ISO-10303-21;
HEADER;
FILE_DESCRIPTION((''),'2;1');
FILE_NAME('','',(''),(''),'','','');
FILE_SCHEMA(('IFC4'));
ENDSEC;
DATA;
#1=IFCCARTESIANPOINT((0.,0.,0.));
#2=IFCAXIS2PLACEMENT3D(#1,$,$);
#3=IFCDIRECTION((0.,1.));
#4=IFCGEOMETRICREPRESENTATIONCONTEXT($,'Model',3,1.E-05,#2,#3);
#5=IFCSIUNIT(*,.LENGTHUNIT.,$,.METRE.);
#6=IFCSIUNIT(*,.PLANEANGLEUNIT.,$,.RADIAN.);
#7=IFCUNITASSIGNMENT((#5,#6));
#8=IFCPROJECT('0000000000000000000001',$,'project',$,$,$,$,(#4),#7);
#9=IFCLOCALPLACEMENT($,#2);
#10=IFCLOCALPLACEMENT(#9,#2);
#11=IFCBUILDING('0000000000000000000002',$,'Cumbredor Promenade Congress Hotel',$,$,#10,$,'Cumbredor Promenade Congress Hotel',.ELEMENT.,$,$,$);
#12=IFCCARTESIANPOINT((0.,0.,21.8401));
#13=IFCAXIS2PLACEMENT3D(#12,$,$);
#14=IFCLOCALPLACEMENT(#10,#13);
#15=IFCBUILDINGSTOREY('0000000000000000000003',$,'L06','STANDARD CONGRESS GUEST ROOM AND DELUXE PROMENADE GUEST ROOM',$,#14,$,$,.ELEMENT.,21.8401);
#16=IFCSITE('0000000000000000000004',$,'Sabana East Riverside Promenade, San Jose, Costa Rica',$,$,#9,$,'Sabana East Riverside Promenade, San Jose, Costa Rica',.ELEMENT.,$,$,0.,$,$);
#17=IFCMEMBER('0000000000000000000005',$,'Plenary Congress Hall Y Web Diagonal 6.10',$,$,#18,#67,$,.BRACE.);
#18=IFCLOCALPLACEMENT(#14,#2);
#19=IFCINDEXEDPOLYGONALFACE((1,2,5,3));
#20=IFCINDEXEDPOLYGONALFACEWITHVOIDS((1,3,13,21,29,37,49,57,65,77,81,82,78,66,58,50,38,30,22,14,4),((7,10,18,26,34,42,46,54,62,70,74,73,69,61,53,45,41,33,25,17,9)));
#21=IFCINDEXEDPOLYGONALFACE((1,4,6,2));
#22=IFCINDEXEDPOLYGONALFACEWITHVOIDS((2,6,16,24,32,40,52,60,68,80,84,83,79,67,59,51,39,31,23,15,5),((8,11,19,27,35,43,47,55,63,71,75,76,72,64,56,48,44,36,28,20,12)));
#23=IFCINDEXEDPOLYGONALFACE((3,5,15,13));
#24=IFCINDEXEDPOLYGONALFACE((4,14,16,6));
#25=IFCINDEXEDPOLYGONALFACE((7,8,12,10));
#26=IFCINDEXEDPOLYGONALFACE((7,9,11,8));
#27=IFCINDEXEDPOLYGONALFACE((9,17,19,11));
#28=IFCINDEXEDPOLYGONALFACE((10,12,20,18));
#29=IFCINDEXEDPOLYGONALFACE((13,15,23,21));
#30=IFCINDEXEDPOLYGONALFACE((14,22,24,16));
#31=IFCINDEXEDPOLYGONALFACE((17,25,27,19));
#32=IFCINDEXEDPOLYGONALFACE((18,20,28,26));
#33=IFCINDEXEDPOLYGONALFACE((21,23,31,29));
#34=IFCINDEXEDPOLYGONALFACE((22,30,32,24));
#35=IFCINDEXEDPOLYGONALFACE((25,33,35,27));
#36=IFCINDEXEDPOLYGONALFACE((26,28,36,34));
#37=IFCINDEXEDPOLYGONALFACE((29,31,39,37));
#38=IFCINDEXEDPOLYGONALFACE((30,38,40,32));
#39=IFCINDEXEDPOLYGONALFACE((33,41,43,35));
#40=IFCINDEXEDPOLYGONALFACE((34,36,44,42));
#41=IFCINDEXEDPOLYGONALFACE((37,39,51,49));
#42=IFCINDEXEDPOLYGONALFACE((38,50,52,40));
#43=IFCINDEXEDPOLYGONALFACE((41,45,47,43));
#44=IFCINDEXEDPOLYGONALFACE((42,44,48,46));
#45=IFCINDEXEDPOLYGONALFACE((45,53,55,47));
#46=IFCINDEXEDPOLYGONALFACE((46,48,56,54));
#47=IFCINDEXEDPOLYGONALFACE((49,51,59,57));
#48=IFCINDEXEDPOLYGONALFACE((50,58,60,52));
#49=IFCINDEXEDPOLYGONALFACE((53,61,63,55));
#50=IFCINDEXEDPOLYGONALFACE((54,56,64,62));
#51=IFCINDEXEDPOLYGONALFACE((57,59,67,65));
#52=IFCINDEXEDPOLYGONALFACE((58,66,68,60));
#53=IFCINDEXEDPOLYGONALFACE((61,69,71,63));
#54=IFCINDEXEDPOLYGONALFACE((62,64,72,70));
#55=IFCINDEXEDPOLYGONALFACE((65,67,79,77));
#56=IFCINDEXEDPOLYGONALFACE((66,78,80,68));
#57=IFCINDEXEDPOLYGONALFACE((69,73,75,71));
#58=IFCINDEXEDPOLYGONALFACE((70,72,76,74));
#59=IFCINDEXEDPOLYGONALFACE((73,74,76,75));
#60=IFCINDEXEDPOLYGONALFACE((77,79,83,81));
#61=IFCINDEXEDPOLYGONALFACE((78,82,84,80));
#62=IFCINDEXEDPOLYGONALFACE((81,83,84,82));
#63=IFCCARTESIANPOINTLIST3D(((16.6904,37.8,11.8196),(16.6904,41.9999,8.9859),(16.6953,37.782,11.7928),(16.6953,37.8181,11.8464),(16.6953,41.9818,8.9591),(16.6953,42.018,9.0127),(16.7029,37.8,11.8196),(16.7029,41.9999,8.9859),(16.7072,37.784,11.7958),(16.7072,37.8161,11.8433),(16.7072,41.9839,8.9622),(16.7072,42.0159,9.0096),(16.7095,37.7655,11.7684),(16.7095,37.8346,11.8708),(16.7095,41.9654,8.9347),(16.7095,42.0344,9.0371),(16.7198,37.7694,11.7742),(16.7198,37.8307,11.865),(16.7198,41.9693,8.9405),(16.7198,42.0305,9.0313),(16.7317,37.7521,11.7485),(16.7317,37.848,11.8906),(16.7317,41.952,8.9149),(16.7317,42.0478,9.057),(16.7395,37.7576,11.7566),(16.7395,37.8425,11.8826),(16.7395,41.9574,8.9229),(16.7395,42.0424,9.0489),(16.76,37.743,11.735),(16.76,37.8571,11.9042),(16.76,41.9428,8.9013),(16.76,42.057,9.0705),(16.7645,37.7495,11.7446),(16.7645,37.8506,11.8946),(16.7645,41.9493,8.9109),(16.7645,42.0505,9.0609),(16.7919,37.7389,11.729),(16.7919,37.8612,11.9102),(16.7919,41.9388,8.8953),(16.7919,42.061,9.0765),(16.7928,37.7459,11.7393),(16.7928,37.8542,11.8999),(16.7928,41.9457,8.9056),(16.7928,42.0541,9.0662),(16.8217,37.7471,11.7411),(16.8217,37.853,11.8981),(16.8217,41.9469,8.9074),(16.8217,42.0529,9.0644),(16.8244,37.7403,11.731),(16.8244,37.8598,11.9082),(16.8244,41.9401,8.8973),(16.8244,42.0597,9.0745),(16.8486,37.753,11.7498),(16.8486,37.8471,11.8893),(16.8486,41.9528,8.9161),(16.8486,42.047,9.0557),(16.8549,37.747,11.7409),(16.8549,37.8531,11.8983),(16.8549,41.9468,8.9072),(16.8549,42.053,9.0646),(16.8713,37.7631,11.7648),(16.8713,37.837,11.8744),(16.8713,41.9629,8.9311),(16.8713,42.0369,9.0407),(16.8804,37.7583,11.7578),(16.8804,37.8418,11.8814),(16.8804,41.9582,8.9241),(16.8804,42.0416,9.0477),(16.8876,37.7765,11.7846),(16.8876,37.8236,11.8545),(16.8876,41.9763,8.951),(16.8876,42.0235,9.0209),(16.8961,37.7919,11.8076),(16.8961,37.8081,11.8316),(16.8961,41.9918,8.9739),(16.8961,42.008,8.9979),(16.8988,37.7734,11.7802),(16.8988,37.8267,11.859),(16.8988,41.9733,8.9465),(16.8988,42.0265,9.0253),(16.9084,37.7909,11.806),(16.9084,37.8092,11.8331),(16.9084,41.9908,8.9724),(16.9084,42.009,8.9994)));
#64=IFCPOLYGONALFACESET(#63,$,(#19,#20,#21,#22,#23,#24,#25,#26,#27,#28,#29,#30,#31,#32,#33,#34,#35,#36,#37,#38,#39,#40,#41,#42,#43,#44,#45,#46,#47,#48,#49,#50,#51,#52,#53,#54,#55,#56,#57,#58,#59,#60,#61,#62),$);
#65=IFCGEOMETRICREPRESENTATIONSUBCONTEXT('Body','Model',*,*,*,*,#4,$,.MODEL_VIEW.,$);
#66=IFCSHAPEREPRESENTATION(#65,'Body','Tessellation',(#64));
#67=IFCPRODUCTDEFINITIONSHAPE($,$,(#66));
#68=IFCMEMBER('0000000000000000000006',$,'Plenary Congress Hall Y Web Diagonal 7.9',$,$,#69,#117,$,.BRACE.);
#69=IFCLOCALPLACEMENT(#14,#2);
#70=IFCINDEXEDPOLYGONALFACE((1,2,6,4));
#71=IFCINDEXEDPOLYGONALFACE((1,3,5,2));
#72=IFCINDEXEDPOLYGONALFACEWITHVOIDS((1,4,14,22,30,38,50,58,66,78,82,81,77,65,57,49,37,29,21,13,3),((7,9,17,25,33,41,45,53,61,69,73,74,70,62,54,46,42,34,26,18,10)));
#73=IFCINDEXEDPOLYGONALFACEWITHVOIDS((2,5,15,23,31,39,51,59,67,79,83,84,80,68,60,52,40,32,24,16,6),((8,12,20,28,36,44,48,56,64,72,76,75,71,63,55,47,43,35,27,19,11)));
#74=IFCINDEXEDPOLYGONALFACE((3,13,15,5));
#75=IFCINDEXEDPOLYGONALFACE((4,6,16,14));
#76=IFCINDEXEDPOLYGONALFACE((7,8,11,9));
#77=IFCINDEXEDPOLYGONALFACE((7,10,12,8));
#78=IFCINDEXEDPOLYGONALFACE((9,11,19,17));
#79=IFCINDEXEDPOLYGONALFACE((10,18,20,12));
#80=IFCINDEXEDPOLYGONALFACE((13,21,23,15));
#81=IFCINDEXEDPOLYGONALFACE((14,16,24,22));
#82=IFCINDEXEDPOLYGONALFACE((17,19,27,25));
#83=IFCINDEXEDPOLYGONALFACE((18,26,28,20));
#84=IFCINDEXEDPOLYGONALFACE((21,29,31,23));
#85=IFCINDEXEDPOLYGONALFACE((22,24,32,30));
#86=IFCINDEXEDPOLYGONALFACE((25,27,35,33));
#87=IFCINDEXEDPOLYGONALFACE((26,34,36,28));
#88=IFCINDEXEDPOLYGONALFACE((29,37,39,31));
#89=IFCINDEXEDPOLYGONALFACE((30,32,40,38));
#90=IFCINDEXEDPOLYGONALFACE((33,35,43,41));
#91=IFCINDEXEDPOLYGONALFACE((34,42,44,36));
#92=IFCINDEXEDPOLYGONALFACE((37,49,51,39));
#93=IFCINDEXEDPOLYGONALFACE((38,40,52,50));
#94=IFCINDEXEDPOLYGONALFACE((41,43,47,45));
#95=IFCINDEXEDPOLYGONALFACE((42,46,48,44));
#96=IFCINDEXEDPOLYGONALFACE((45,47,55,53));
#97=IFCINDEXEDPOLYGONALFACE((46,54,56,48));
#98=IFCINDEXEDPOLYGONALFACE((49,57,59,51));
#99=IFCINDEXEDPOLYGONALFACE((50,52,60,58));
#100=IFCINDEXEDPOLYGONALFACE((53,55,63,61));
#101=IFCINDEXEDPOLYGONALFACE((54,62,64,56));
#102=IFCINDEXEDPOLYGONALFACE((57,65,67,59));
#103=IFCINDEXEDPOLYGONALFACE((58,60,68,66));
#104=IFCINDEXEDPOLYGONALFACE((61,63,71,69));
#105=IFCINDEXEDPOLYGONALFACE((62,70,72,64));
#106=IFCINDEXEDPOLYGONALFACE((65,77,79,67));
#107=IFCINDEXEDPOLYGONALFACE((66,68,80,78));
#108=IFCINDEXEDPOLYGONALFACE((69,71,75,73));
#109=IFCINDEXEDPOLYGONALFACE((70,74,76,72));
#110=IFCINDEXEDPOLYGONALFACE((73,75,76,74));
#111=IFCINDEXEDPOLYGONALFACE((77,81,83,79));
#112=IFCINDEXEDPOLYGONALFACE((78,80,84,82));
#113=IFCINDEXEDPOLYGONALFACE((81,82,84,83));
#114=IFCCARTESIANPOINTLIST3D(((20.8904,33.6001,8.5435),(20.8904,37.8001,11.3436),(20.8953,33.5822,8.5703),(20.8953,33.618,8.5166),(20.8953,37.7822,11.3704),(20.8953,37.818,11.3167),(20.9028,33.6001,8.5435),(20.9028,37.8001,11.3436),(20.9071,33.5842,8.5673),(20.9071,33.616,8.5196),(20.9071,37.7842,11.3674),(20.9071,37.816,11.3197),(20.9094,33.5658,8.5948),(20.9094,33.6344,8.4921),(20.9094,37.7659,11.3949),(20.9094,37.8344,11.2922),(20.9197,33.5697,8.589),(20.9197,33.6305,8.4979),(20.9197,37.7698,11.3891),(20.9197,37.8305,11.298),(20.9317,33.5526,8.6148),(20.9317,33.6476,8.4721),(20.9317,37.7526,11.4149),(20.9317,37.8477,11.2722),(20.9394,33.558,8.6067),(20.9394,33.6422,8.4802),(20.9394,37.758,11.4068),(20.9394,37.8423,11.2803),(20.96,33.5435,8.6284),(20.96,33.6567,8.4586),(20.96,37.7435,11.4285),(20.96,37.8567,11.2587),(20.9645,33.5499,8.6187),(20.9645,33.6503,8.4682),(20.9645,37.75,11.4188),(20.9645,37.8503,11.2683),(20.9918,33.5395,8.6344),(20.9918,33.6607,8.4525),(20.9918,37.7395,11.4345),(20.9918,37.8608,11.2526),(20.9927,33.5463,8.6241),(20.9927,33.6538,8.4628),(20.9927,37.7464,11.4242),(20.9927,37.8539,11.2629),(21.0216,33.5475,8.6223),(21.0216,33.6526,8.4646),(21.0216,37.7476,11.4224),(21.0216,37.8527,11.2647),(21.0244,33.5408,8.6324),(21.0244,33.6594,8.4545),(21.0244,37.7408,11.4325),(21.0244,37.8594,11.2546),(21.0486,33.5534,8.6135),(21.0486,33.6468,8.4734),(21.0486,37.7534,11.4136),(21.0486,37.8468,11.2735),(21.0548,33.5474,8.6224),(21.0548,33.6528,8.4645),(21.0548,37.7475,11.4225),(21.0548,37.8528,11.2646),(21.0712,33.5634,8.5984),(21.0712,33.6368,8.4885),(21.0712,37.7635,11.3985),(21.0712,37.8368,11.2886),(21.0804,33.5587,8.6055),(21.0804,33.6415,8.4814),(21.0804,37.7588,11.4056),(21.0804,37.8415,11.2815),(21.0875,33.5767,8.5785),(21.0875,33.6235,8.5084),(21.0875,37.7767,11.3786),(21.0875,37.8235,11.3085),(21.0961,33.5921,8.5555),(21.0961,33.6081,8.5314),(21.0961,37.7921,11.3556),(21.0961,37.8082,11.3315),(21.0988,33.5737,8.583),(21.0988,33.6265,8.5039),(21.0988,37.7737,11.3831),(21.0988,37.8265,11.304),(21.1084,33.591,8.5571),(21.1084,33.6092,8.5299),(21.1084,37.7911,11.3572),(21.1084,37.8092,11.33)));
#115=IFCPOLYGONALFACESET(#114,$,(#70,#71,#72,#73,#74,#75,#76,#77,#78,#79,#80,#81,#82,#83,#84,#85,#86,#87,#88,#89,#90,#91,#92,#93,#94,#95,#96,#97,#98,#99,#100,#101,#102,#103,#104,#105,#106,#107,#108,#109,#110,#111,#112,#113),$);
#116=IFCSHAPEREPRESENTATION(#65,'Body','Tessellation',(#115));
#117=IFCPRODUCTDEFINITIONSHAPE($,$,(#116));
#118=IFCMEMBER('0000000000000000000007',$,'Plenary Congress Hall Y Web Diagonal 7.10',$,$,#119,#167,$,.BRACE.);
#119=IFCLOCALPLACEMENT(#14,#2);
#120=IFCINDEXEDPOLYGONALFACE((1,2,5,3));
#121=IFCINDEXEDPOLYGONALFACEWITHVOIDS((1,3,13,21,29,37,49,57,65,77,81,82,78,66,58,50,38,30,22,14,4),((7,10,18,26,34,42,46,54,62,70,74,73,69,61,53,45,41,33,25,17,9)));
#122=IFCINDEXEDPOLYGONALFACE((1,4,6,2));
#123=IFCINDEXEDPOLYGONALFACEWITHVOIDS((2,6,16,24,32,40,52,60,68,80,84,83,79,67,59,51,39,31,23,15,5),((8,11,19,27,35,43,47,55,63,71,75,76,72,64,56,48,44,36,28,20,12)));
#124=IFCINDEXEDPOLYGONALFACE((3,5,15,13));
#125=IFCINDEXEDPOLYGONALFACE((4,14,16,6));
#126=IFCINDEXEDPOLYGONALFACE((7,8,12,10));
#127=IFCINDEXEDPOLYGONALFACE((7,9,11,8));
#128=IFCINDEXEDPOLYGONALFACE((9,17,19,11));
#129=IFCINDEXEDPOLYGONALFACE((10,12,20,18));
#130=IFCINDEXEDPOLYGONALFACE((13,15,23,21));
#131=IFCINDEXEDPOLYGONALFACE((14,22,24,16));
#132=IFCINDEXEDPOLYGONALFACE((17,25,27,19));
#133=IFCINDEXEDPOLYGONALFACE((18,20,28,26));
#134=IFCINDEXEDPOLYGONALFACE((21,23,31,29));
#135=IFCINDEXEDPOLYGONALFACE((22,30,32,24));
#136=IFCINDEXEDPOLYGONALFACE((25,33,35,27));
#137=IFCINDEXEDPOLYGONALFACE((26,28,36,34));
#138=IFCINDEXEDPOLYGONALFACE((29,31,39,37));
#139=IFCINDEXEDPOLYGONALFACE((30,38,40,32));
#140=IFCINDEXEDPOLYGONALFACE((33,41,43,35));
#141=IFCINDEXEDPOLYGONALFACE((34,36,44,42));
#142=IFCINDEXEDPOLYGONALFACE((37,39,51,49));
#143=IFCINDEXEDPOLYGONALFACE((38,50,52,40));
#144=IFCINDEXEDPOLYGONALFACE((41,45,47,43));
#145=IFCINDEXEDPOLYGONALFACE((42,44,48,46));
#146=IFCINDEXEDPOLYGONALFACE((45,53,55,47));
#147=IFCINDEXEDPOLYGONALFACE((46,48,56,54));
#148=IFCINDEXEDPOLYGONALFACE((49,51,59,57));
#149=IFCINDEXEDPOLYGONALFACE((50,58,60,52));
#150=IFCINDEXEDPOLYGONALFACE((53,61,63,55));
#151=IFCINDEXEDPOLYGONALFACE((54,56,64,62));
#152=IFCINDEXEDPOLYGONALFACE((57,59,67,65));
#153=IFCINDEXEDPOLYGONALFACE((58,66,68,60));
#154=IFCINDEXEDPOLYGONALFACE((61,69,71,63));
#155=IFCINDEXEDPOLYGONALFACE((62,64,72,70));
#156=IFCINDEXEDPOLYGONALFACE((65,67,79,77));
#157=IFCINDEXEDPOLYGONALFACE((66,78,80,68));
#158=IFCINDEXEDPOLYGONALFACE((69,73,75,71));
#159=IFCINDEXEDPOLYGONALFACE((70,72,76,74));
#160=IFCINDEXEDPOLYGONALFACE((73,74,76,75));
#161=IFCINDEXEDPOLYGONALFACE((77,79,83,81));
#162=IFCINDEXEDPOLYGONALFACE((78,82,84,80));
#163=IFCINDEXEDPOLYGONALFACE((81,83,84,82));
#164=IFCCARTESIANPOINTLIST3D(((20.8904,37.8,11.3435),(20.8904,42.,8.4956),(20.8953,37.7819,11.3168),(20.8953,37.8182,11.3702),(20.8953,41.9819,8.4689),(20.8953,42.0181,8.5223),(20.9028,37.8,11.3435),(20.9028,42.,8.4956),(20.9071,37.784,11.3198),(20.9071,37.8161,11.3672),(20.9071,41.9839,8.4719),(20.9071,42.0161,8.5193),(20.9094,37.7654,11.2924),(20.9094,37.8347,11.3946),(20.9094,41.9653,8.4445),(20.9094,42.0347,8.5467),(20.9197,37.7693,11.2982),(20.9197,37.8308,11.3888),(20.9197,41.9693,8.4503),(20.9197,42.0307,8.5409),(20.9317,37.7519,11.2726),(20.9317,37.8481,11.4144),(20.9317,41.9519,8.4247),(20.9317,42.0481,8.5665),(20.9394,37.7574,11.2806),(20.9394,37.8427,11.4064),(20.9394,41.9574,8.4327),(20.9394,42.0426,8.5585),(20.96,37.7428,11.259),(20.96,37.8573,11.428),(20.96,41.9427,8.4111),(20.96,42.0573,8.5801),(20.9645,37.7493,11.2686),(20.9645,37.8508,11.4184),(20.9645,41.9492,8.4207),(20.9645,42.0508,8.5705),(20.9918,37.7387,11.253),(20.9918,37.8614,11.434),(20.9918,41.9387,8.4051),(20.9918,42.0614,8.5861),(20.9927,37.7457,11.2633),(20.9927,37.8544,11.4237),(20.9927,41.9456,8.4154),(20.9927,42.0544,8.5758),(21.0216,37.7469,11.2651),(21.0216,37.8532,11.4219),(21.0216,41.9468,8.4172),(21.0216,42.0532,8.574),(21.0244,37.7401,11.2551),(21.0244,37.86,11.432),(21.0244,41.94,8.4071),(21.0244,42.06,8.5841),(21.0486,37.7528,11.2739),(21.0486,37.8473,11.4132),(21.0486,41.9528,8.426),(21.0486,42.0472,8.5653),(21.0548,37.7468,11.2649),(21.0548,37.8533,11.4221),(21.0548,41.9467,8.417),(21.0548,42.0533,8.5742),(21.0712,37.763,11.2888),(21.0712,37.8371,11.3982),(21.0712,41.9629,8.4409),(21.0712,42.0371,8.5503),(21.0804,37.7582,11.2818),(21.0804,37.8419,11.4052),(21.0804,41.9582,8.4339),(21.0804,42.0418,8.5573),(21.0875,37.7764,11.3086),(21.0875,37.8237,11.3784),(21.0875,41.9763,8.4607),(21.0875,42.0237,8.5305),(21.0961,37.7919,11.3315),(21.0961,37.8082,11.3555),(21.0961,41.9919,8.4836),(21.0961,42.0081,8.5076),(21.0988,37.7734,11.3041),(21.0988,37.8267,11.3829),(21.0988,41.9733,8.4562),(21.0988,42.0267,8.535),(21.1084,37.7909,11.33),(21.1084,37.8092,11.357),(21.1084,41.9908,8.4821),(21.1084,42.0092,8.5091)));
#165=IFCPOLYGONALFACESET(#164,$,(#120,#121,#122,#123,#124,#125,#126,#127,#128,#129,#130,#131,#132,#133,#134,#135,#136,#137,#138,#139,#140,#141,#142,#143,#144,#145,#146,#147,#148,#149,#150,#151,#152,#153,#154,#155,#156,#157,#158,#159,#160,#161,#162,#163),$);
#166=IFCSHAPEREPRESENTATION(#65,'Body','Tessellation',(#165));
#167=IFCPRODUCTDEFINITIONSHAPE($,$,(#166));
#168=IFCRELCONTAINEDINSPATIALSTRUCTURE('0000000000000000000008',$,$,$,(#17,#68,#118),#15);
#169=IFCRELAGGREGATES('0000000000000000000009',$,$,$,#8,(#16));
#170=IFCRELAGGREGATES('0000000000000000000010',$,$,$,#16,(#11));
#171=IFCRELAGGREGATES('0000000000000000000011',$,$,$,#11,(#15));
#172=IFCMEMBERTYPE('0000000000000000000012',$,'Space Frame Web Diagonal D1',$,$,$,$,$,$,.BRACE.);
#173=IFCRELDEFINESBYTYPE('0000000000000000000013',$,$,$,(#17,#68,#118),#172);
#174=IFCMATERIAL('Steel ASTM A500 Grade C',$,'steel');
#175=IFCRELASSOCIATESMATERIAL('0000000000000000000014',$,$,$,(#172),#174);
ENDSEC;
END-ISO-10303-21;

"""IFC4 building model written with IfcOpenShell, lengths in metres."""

from ifc_helpers import new_model, si_unit, direction, frame, origin, origin_2d, place, context, subcontext, project, spatial, hollow_circle, extrude, material, material_profile, profile_set, type_object, element, save


model = new_model("IFC4")

# Units and contexts
model_context = context("Model", 3, precision=1e-05, world=origin(), true_north=direction((0.0, 1.0)))
body_context = subcontext(model_context, "Body", "Model", "MODEL_VIEW")
ifc_project = project(units=[si_unit("LENGTHUNIT", "METRE"), si_unit("PLANEANGLEUNIT", "RADIAN")], contexts=[model_context])

# Site, building, storey
site_placement = place(None, origin())
site = spatial("IfcSite", under=ifc_project, at=site_placement, Name="Sabana East Riverside Promenade, San Jose, Costa Rica", LongName="Sabana East Riverside Promenade, San Jose, Costa Rica", CompositionType="ELEMENT", RefElevation=0.0)
building_placement = place(site_placement, origin())
building = spatial("IfcBuilding", under=site, at=building_placement, Name="Cumbredor Promenade Congress Hotel", LongName="Cumbredor Promenade Congress Hotel", CompositionType="ELEMENT")
storey_placement = place(building_placement, frame((0.0, 0.0, 21.8401)))
storey = spatial("IfcBuildingStorey", under=building, at=storey_placement, Name="L06", Description="STANDARD CONGRESS GUEST ROOM AND DELUXE PROMENADE GUEST ROOM", CompositionType="ELEMENT", Elevation=21.8401)

# Members
ifc_material_1 = material(Name="Steel ASTM A500 Grade C", Category="steel")
ifc_material_profile_1 = material_profile(ifc_material_1, hollow_circle(Radius=0.1096, WallThickness=0.0125, at=origin_2d()), Name="CHS 219.1x12.5")
ifc_profile_set_1 = profile_set([ifc_material_profile_1], Name="Steel ASTM A500 Grade C")
member_type_1 = type_object("IfcMemberType", Name="Space Frame Web Diagonal D1", PredefinedType="BRACE", material=ifc_profile_set_1)
member_1_placement = place(storey_placement, frame((16.8, 37.8, 11.8196), z_axis=(0.0, 0.828961, -0.559306), x_axis=(-1.0, 0.0, 0.0)))
element("IfcMember", 1, at=member_1_placement, inside=storey, type_object=member_type_1, Name="Plenary Congress Hall Y Web Diagonal 6.10", PredefinedType="BRACE", context=body_context, shape_type="SweptSolid", body=[
    extrude(hollow_circle(Radius=0.1096, WallThickness=0.0125, at=origin_2d()), origin(), (0.0, 0.0, 1.0), 5.0664),
])
member_2_placement = place(storey_placement, frame((21.0, 33.6001, 8.5435), z_axis=(0.0, 0.832043, 0.554711), x_axis=(-1.0, 0.0, 0.0)))
element("IfcMember", 2, at=member_2_placement, inside=storey, type_object=member_type_1, Name="Plenary Congress Hall Y Web Diagonal 7.9", PredefinedType="BRACE", context=body_context, shape_type="SweptSolid", body=[
    extrude(hollow_circle(Radius=0.1096, WallThickness=0.0125, at=origin_2d()), origin(), (0.0, 0.0, 1.0), 5.0479),
])
member_3_placement = place(storey_placement, frame((21.0, 37.8, 11.3435), z_axis=(0.0, 0.827665, -0.561223), x_axis=(-1.0, 0.0, 0.0)))
element("IfcMember", 3, at=member_3_placement, inside=storey, type_object=member_type_1, Name="Plenary Congress Hall Y Web Diagonal 7.10", PredefinedType="BRACE", context=body_context, shape_type="SweptSolid", body=[
    extrude(hollow_circle(Radius=0.1096, WallThickness=0.0125, at=origin_2d()), origin(), (0.0, 0.0, 1.0), 5.0745),
])

save(model, "model.ifc")
